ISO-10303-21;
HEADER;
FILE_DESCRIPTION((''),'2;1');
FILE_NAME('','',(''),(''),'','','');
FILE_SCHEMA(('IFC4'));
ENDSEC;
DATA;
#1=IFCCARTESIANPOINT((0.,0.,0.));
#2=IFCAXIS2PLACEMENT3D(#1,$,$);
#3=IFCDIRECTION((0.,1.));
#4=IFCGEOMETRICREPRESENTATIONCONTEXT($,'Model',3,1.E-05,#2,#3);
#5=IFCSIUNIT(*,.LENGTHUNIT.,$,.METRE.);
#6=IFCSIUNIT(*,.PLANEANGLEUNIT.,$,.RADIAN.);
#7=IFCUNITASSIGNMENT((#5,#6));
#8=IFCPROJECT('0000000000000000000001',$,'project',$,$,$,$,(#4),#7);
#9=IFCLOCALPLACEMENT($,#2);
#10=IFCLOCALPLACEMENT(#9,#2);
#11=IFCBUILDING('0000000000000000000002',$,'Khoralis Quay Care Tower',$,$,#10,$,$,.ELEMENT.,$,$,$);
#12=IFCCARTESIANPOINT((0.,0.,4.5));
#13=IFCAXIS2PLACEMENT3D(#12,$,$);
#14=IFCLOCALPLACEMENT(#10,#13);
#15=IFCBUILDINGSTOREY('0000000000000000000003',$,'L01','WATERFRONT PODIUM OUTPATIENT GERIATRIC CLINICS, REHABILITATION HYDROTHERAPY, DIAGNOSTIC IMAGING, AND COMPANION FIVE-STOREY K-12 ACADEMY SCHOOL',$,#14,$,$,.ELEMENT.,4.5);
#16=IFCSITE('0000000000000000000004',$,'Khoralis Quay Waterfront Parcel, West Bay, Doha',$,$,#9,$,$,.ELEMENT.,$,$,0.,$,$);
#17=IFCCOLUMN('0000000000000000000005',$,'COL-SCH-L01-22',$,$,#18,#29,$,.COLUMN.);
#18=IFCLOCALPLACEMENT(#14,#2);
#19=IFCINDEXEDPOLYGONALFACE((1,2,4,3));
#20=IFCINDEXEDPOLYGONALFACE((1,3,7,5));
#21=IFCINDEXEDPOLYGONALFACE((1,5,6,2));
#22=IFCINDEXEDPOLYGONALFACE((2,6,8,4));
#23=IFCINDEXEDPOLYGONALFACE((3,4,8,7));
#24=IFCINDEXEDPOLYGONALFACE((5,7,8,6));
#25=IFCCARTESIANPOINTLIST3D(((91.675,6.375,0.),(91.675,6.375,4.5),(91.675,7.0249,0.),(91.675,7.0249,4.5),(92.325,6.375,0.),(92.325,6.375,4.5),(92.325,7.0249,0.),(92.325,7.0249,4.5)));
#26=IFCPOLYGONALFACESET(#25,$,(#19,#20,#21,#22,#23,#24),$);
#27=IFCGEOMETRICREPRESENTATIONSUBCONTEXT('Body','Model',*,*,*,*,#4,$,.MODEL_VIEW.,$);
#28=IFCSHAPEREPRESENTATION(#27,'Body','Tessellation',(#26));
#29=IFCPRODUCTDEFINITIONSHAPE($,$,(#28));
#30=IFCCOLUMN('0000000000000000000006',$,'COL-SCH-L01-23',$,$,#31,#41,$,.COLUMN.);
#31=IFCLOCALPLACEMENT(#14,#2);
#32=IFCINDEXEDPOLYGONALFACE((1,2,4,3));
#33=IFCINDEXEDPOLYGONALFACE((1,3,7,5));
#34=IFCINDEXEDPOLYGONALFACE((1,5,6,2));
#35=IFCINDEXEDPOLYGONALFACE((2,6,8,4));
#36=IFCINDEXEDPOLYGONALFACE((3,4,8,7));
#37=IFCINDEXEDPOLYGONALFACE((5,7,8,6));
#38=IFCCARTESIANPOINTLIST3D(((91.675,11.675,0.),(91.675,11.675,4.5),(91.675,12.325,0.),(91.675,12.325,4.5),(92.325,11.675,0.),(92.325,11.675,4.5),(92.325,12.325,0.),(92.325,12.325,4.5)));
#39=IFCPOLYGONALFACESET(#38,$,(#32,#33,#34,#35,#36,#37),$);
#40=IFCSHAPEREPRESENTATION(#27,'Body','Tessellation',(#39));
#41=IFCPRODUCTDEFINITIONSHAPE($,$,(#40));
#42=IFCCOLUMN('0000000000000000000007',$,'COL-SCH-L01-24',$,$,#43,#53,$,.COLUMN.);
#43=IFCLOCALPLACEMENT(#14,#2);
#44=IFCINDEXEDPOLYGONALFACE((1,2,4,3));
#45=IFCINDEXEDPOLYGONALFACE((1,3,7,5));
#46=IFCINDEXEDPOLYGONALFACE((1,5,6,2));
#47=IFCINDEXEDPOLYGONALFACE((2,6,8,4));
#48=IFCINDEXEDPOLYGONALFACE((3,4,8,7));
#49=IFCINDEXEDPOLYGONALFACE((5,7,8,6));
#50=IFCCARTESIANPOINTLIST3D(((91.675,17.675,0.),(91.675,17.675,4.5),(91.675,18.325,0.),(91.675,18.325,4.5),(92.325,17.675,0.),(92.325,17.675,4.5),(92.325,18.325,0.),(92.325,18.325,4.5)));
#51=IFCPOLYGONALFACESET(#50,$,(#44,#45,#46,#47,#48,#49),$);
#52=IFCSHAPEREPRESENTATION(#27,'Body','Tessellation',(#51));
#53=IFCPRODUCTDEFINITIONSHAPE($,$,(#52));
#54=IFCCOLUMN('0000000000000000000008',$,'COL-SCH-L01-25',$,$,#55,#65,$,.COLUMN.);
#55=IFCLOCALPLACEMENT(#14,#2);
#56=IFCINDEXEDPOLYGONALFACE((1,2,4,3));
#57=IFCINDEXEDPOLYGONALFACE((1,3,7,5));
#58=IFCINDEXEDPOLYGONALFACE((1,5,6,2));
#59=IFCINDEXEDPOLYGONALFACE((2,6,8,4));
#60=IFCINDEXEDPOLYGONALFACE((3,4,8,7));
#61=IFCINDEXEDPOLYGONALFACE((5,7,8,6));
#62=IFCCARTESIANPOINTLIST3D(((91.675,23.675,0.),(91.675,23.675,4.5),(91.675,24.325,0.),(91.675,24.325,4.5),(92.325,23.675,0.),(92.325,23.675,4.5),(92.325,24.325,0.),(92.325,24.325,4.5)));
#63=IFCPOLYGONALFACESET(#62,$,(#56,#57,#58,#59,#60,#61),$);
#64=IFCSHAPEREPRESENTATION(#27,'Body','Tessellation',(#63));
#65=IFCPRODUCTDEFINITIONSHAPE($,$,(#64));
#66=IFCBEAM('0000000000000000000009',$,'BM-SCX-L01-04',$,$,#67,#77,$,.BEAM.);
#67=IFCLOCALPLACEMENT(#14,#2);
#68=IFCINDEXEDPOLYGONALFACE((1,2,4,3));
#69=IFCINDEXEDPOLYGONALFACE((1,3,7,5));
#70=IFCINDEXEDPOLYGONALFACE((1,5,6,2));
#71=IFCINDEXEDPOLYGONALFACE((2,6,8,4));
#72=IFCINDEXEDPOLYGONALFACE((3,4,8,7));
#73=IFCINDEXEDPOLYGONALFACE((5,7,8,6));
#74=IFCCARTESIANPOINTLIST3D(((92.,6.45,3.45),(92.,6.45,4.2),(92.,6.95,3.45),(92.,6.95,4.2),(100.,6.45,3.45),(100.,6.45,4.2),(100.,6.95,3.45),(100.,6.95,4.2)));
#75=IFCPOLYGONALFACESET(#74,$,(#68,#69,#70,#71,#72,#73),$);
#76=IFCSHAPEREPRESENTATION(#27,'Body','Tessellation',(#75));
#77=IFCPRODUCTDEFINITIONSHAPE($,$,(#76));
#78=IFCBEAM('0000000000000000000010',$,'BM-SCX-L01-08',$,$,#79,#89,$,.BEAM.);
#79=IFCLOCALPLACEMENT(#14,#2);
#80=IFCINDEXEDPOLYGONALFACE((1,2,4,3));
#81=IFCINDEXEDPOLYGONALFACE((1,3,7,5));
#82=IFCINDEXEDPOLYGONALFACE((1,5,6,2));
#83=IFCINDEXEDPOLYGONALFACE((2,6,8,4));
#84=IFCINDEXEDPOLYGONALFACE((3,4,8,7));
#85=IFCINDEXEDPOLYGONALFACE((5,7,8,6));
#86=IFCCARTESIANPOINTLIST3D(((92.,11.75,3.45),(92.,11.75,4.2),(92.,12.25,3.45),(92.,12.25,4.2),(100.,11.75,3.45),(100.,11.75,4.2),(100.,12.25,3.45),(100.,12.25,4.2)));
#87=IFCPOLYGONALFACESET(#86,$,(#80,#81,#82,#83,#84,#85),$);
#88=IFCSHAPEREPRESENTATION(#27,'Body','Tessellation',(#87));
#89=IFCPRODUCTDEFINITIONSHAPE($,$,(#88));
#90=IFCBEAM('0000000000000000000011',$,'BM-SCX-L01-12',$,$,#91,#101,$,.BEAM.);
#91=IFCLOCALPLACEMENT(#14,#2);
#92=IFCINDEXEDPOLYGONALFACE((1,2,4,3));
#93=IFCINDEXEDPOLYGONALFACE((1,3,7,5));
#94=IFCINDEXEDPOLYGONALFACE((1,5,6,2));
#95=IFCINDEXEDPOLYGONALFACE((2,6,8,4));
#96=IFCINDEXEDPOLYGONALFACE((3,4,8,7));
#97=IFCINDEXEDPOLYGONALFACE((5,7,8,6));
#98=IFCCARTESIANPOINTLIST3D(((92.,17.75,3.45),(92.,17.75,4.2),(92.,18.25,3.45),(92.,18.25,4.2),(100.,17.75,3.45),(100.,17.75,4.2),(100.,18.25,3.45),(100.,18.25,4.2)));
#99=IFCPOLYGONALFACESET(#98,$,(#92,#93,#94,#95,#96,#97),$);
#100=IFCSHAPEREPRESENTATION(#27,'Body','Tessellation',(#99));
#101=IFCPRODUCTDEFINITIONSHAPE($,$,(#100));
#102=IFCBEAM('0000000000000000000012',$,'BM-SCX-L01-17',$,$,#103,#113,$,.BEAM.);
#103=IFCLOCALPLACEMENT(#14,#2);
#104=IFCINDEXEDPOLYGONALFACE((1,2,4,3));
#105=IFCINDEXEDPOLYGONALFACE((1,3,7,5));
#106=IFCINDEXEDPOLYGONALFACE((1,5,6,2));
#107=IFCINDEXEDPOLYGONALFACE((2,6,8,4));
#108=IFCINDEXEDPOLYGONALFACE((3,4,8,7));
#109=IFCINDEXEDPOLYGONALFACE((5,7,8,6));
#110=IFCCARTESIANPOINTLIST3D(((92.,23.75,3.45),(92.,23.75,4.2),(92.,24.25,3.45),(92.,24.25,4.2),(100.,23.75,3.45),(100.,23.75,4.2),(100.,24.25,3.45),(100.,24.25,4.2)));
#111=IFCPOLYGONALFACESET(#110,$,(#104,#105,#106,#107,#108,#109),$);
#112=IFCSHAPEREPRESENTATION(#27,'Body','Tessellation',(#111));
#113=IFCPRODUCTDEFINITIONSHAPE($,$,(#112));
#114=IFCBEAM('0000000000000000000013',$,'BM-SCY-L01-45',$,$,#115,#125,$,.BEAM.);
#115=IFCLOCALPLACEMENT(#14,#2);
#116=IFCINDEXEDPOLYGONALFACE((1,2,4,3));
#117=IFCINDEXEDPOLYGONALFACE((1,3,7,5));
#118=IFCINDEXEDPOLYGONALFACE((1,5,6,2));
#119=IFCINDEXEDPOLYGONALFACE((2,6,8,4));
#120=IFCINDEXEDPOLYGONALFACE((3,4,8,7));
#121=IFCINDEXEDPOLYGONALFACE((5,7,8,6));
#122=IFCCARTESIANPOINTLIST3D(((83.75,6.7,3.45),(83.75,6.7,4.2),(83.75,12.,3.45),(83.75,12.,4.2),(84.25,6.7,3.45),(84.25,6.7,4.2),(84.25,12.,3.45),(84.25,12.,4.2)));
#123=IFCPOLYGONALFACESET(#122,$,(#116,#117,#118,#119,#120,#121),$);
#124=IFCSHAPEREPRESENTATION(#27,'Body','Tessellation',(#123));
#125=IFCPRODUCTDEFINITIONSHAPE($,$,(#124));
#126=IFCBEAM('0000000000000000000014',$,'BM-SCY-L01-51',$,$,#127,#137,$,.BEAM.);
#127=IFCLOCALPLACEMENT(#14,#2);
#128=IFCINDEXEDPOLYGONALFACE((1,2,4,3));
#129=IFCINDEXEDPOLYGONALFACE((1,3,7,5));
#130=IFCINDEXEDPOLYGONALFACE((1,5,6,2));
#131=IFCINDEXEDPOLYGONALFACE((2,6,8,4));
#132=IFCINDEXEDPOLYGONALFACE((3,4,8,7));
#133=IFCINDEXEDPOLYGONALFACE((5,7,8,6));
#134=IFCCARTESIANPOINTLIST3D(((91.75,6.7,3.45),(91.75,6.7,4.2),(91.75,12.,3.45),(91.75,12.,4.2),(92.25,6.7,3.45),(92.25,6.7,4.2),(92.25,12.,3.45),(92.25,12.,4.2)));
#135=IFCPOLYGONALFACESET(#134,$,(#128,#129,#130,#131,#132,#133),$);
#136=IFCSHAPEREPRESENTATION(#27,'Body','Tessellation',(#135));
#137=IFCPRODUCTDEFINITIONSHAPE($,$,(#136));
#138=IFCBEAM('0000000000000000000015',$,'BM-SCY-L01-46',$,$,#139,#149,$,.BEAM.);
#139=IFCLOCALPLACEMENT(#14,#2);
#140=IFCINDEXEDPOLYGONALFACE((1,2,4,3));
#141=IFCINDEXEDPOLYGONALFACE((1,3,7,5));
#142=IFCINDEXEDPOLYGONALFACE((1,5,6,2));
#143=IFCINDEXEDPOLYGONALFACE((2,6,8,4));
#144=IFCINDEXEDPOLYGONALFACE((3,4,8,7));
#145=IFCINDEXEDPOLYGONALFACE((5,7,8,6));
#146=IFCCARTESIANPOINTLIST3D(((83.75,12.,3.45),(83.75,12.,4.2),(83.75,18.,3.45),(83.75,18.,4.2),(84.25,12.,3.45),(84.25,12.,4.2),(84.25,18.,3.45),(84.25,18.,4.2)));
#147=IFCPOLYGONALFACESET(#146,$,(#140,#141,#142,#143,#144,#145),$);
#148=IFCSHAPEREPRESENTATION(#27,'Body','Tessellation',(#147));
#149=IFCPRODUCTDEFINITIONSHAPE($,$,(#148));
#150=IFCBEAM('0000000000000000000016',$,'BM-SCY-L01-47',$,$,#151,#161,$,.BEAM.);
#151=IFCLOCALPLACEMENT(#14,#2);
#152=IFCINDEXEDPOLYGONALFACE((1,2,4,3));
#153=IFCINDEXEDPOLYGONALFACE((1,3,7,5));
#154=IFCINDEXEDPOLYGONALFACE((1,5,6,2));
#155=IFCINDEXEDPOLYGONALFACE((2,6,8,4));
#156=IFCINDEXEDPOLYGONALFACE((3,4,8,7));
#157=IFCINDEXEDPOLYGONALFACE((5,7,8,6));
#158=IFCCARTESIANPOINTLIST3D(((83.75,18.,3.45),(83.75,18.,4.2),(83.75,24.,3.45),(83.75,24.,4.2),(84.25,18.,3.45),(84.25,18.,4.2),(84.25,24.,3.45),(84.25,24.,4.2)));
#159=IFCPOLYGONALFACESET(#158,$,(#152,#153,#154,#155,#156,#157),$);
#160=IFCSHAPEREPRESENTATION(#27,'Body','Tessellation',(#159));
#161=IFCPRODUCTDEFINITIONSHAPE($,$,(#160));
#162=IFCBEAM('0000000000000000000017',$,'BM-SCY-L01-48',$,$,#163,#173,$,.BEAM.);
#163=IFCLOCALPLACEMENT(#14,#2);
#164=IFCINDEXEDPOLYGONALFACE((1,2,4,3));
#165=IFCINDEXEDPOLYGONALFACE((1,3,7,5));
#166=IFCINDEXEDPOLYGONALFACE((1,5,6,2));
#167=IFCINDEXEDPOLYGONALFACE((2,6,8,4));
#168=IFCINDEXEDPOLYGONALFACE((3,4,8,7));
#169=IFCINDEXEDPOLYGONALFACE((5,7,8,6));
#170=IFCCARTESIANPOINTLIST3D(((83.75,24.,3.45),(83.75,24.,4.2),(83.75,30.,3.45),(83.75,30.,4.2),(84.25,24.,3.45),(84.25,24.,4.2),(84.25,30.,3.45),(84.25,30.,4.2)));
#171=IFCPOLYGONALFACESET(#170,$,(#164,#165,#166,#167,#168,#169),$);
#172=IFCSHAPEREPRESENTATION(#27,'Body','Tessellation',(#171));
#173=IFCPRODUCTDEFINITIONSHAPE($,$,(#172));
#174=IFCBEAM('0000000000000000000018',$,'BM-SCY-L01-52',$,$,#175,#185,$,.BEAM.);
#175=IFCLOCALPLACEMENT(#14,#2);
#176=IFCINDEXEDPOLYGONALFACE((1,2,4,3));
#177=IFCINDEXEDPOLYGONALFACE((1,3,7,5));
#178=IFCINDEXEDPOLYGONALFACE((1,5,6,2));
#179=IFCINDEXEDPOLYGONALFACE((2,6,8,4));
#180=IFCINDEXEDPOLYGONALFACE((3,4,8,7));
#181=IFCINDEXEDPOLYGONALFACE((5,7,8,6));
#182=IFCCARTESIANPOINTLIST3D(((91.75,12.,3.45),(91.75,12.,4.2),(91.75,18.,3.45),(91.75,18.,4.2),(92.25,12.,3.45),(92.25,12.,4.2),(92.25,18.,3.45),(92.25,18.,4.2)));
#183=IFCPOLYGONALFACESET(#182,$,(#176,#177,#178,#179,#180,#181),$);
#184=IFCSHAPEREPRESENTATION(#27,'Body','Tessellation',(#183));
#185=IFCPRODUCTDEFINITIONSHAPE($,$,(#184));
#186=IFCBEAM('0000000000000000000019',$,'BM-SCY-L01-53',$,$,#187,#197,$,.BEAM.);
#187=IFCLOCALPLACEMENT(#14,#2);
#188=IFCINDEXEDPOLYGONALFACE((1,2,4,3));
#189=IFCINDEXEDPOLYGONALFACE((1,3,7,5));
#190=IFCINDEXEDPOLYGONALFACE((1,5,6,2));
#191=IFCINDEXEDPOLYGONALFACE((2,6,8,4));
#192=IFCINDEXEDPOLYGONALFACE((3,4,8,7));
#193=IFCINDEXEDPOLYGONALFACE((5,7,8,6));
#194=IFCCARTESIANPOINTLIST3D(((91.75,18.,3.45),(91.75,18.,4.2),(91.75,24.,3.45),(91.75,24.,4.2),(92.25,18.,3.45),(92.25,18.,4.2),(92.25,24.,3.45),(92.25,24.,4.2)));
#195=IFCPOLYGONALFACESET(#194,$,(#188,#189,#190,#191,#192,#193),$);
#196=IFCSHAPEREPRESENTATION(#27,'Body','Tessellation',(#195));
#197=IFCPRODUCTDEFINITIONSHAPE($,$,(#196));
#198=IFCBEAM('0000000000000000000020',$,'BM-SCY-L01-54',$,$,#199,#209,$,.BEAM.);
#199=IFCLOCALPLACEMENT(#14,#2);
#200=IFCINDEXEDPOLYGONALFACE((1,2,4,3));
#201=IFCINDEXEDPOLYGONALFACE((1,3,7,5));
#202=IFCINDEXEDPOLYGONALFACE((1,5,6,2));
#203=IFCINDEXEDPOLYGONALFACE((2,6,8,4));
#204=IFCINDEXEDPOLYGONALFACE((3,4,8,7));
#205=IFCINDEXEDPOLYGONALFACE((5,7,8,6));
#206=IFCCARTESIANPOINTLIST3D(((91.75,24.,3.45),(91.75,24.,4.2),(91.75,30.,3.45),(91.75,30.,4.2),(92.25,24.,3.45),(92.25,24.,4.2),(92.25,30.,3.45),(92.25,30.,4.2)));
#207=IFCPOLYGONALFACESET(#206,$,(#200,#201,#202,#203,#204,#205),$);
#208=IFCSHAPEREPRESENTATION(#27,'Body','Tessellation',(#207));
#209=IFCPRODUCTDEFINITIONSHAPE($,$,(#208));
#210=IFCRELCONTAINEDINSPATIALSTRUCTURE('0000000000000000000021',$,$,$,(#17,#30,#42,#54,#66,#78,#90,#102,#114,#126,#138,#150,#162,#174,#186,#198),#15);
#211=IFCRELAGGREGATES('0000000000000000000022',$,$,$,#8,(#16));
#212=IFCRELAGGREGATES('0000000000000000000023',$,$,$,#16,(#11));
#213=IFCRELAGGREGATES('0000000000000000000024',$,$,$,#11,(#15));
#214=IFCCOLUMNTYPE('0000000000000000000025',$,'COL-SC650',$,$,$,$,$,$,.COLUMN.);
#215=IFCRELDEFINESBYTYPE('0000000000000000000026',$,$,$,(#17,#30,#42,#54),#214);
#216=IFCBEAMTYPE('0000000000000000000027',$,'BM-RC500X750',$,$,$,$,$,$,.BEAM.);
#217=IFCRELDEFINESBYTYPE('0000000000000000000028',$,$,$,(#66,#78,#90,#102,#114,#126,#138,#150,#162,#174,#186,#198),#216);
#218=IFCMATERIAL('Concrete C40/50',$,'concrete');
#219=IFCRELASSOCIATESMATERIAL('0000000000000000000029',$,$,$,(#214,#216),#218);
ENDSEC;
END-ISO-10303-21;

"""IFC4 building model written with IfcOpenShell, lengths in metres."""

from ifc_helpers import new_model, si_unit, direction, frame, origin, origin_2d, place, context, subcontext, project, spatial, rectangle, extrude, source, transform, mapped, material, material_profile, profile_set, type_object, element, save


model = new_model("IFC4")

# Units and contexts
model_context = context("Model", 3, precision=1e-05, world=origin(), true_north=direction((0.0, 1.0)))
body_context = subcontext(model_context, "Body", "Model", "MODEL_VIEW")
ifc_project = project(units=[si_unit("LENGTHUNIT", "METRE"), si_unit("PLANEANGLEUNIT", "RADIAN")], contexts=[model_context])

# Site, building, storey
site_placement = place(None, origin())
site = spatial("IfcSite", under=ifc_project, at=site_placement, Name="Khoralis Quay Waterfront Parcel, West Bay, Doha", CompositionType="ELEMENT", RefElevation=0.0)
building_placement = place(site_placement, origin())
building = spatial("IfcBuilding", under=site, at=building_placement, Name="Khoralis Quay Care Tower", CompositionType="ELEMENT")
storey_placement = place(building_placement, frame((0.0, 0.0, 4.5)))
storey = spatial("IfcBuildingStorey", under=building, at=storey_placement, Name="L01", Description="WATERFRONT PODIUM OUTPATIENT GERIATRIC CLINICS, REHABILITATION HYDROTHERAPY, DIAGNOSTIC IMAGING, AND COMPANION FIVE-STOREY K-12 ACADEMY SCHOOL", CompositionType="ELEMENT", Elevation=4.5)

# Columns
ifc_material_1 = material(Name="Concrete C40/50", Category="concrete")
ifc_material_profile_1 = material_profile(ifc_material_1, rectangle(XDim=0.6499, YDim=0.6499, at=origin_2d()), Name="Concrete C40/50")
ifc_profile_set_1 = profile_set([ifc_material_profile_1], Name="Concrete C40/50")
column_type = type_object("IfcColumnType", Name="COL-SC650", PredefinedType="COLUMN", material=ifc_profile_set_1)
shared_shape_1 = source(origin(), body_context, "Body", "SweptSolid", [
    extrude(rectangle(XDim=0.6499, YDim=0.6499, at=origin_2d()), origin(), (0.0, 0.0, 1.0), 4.5),
])
for number, where, z_axis, x_axis, name in (
    (1, (92.0, 6.7, 0.0), (0.0, 0.0, 1.0), (1.0, 0.0, 0.0), "COL-SCH-L01-22"),
    (2, (92.0, 12.0, 0.0), (0.0, 0.0, 1.0), (1.0, 0.0, 0.0), "COL-SCH-L01-23"),
    (3, (92.0, 18.0, 0.0), (0.0, 0.0, 1.0), (1.0, 0.0, 0.0), "COL-SCH-L01-24"),
    (4, (92.0, 24.0, 0.0), (0.0, 0.0, 1.0), (1.0, 0.0, 0.0), "COL-SCH-L01-25"),
):
    element("IfcColumn", number, at=place(storey_placement, frame(where, z_axis=z_axis, x_axis=x_axis)), inside=storey, type_object=column_type, Name=name, PredefinedType="COLUMN", context=body_context, shape_type="MappedRepresentation", body=[
        mapped(shared_shape_1, transform((0.0, 0.0, 0.0), scale=1.0)),
    ])

# Beams
ifc_material_profile_2 = material_profile(ifc_material_1, rectangle(XDim=0.5, YDim=0.75, at=origin_2d()), Name="Concrete C40/50")
ifc_profile_set_2 = profile_set([ifc_material_profile_2], Name="Concrete C40/50")
beam_type = type_object("IfcBeamType", Name="BM-RC500X750", PredefinedType="BEAM", material=ifc_profile_set_2)
shared_shape_2 = source(origin(), body_context, "Body", "SweptSolid", [
    extrude(rectangle(XDim=0.5, YDim=0.75, at=origin_2d()), origin(), (0.0, 0.0, 1.0), 8.0),
])
for number, where, z_axis, x_axis, name in (
    (5, (92.0, 6.7, 3.825), (1.0, 0.0, 0.0), (0.0, 1.0, 0.0), "BM-SCX-L01-04"),
    (6, (92.0, 12.0, 3.825), (1.0, 0.0, 0.0), (0.0, 1.0, 0.0), "BM-SCX-L01-08"),
    (7, (92.0, 18.0, 3.825), (1.0, 0.0, 0.0), (0.0, 1.0, 0.0), "BM-SCX-L01-12"),
    (8, (92.0, 24.0, 3.825), (1.0, 0.0, 0.0), (0.0, 1.0, 0.0), "BM-SCX-L01-17"),
):
    element("IfcBeam", number, at=place(storey_placement, frame(where, z_axis=z_axis, x_axis=x_axis)), inside=storey, type_object=beam_type, Name=name, PredefinedType="BEAM", context=body_context, shape_type="MappedRepresentation", body=[
        mapped(shared_shape_2, transform((0.0, 0.0, 0.0), scale=1.0)),
    ])
shared_shape_3 = source(origin(), body_context, "Body", "SweptSolid", [
    extrude(rectangle(XDim=0.5, YDim=0.75, at=origin_2d()), origin(), (0.0, 0.0, 1.0), 5.3),
])
for number, where, z_axis, x_axis, name in (
    (9, (84.0, 6.7, 3.825), (0.0, 1.0, 0.0), (-1.0, 0.0, 0.0), "BM-SCY-L01-45"),
    (10, (92.0, 6.7, 3.825), (0.0, 1.0, 0.0), (-1.0, 0.0, 0.0), "BM-SCY-L01-51"),
):
    element("IfcBeam", number, at=place(storey_placement, frame(where, z_axis=z_axis, x_axis=x_axis)), inside=storey, type_object=beam_type, Name=name, PredefinedType="BEAM", context=body_context, shape_type="MappedRepresentation", body=[
        mapped(shared_shape_3, transform((0.0, 0.0, 0.0), scale=1.0)),
    ])
shared_shape_4 = source(origin(), body_context, "Body", "SweptSolid", [
    extrude(rectangle(XDim=0.5, YDim=0.75, at=origin_2d()), origin(), (0.0, 0.0, 1.0), 6.0),
])
for number, where, z_axis, x_axis, name in (
    (11, (84.0, 12.0, 3.825), (0.0, 1.0, 0.0), (-1.0, 0.0, 0.0), "BM-SCY-L01-46"),
    (12, (84.0, 18.0, 3.825), (0.0, 1.0, 0.0), (-1.0, 0.0, 0.0), "BM-SCY-L01-47"),
    (13, (84.0, 24.0, 3.825), (0.0, 1.0, 0.0), (-1.0, 0.0, 0.0), "BM-SCY-L01-48"),
    (14, (92.0, 12.0, 3.825), (0.0, 1.0, 0.0), (-1.0, 0.0, 0.0), "BM-SCY-L01-52"),
    (15, (92.0, 18.0, 3.825), (0.0, 1.0, 0.0), (-1.0, 0.0, 0.0), "BM-SCY-L01-53"),
    (16, (92.0, 24.0, 3.825), (0.0, 1.0, 0.0), (-1.0, 0.0, 0.0), "BM-SCY-L01-54"),
):
    element("IfcBeam", number, at=place(storey_placement, frame(where, z_axis=z_axis, x_axis=x_axis)), inside=storey, type_object=beam_type, Name=name, PredefinedType="BEAM", context=body_context, shape_type="MappedRepresentation", body=[
        mapped(shared_shape_4, transform((0.0, 0.0, 0.0), scale=1.0)),
    ])

save(model, "model.ifc")
